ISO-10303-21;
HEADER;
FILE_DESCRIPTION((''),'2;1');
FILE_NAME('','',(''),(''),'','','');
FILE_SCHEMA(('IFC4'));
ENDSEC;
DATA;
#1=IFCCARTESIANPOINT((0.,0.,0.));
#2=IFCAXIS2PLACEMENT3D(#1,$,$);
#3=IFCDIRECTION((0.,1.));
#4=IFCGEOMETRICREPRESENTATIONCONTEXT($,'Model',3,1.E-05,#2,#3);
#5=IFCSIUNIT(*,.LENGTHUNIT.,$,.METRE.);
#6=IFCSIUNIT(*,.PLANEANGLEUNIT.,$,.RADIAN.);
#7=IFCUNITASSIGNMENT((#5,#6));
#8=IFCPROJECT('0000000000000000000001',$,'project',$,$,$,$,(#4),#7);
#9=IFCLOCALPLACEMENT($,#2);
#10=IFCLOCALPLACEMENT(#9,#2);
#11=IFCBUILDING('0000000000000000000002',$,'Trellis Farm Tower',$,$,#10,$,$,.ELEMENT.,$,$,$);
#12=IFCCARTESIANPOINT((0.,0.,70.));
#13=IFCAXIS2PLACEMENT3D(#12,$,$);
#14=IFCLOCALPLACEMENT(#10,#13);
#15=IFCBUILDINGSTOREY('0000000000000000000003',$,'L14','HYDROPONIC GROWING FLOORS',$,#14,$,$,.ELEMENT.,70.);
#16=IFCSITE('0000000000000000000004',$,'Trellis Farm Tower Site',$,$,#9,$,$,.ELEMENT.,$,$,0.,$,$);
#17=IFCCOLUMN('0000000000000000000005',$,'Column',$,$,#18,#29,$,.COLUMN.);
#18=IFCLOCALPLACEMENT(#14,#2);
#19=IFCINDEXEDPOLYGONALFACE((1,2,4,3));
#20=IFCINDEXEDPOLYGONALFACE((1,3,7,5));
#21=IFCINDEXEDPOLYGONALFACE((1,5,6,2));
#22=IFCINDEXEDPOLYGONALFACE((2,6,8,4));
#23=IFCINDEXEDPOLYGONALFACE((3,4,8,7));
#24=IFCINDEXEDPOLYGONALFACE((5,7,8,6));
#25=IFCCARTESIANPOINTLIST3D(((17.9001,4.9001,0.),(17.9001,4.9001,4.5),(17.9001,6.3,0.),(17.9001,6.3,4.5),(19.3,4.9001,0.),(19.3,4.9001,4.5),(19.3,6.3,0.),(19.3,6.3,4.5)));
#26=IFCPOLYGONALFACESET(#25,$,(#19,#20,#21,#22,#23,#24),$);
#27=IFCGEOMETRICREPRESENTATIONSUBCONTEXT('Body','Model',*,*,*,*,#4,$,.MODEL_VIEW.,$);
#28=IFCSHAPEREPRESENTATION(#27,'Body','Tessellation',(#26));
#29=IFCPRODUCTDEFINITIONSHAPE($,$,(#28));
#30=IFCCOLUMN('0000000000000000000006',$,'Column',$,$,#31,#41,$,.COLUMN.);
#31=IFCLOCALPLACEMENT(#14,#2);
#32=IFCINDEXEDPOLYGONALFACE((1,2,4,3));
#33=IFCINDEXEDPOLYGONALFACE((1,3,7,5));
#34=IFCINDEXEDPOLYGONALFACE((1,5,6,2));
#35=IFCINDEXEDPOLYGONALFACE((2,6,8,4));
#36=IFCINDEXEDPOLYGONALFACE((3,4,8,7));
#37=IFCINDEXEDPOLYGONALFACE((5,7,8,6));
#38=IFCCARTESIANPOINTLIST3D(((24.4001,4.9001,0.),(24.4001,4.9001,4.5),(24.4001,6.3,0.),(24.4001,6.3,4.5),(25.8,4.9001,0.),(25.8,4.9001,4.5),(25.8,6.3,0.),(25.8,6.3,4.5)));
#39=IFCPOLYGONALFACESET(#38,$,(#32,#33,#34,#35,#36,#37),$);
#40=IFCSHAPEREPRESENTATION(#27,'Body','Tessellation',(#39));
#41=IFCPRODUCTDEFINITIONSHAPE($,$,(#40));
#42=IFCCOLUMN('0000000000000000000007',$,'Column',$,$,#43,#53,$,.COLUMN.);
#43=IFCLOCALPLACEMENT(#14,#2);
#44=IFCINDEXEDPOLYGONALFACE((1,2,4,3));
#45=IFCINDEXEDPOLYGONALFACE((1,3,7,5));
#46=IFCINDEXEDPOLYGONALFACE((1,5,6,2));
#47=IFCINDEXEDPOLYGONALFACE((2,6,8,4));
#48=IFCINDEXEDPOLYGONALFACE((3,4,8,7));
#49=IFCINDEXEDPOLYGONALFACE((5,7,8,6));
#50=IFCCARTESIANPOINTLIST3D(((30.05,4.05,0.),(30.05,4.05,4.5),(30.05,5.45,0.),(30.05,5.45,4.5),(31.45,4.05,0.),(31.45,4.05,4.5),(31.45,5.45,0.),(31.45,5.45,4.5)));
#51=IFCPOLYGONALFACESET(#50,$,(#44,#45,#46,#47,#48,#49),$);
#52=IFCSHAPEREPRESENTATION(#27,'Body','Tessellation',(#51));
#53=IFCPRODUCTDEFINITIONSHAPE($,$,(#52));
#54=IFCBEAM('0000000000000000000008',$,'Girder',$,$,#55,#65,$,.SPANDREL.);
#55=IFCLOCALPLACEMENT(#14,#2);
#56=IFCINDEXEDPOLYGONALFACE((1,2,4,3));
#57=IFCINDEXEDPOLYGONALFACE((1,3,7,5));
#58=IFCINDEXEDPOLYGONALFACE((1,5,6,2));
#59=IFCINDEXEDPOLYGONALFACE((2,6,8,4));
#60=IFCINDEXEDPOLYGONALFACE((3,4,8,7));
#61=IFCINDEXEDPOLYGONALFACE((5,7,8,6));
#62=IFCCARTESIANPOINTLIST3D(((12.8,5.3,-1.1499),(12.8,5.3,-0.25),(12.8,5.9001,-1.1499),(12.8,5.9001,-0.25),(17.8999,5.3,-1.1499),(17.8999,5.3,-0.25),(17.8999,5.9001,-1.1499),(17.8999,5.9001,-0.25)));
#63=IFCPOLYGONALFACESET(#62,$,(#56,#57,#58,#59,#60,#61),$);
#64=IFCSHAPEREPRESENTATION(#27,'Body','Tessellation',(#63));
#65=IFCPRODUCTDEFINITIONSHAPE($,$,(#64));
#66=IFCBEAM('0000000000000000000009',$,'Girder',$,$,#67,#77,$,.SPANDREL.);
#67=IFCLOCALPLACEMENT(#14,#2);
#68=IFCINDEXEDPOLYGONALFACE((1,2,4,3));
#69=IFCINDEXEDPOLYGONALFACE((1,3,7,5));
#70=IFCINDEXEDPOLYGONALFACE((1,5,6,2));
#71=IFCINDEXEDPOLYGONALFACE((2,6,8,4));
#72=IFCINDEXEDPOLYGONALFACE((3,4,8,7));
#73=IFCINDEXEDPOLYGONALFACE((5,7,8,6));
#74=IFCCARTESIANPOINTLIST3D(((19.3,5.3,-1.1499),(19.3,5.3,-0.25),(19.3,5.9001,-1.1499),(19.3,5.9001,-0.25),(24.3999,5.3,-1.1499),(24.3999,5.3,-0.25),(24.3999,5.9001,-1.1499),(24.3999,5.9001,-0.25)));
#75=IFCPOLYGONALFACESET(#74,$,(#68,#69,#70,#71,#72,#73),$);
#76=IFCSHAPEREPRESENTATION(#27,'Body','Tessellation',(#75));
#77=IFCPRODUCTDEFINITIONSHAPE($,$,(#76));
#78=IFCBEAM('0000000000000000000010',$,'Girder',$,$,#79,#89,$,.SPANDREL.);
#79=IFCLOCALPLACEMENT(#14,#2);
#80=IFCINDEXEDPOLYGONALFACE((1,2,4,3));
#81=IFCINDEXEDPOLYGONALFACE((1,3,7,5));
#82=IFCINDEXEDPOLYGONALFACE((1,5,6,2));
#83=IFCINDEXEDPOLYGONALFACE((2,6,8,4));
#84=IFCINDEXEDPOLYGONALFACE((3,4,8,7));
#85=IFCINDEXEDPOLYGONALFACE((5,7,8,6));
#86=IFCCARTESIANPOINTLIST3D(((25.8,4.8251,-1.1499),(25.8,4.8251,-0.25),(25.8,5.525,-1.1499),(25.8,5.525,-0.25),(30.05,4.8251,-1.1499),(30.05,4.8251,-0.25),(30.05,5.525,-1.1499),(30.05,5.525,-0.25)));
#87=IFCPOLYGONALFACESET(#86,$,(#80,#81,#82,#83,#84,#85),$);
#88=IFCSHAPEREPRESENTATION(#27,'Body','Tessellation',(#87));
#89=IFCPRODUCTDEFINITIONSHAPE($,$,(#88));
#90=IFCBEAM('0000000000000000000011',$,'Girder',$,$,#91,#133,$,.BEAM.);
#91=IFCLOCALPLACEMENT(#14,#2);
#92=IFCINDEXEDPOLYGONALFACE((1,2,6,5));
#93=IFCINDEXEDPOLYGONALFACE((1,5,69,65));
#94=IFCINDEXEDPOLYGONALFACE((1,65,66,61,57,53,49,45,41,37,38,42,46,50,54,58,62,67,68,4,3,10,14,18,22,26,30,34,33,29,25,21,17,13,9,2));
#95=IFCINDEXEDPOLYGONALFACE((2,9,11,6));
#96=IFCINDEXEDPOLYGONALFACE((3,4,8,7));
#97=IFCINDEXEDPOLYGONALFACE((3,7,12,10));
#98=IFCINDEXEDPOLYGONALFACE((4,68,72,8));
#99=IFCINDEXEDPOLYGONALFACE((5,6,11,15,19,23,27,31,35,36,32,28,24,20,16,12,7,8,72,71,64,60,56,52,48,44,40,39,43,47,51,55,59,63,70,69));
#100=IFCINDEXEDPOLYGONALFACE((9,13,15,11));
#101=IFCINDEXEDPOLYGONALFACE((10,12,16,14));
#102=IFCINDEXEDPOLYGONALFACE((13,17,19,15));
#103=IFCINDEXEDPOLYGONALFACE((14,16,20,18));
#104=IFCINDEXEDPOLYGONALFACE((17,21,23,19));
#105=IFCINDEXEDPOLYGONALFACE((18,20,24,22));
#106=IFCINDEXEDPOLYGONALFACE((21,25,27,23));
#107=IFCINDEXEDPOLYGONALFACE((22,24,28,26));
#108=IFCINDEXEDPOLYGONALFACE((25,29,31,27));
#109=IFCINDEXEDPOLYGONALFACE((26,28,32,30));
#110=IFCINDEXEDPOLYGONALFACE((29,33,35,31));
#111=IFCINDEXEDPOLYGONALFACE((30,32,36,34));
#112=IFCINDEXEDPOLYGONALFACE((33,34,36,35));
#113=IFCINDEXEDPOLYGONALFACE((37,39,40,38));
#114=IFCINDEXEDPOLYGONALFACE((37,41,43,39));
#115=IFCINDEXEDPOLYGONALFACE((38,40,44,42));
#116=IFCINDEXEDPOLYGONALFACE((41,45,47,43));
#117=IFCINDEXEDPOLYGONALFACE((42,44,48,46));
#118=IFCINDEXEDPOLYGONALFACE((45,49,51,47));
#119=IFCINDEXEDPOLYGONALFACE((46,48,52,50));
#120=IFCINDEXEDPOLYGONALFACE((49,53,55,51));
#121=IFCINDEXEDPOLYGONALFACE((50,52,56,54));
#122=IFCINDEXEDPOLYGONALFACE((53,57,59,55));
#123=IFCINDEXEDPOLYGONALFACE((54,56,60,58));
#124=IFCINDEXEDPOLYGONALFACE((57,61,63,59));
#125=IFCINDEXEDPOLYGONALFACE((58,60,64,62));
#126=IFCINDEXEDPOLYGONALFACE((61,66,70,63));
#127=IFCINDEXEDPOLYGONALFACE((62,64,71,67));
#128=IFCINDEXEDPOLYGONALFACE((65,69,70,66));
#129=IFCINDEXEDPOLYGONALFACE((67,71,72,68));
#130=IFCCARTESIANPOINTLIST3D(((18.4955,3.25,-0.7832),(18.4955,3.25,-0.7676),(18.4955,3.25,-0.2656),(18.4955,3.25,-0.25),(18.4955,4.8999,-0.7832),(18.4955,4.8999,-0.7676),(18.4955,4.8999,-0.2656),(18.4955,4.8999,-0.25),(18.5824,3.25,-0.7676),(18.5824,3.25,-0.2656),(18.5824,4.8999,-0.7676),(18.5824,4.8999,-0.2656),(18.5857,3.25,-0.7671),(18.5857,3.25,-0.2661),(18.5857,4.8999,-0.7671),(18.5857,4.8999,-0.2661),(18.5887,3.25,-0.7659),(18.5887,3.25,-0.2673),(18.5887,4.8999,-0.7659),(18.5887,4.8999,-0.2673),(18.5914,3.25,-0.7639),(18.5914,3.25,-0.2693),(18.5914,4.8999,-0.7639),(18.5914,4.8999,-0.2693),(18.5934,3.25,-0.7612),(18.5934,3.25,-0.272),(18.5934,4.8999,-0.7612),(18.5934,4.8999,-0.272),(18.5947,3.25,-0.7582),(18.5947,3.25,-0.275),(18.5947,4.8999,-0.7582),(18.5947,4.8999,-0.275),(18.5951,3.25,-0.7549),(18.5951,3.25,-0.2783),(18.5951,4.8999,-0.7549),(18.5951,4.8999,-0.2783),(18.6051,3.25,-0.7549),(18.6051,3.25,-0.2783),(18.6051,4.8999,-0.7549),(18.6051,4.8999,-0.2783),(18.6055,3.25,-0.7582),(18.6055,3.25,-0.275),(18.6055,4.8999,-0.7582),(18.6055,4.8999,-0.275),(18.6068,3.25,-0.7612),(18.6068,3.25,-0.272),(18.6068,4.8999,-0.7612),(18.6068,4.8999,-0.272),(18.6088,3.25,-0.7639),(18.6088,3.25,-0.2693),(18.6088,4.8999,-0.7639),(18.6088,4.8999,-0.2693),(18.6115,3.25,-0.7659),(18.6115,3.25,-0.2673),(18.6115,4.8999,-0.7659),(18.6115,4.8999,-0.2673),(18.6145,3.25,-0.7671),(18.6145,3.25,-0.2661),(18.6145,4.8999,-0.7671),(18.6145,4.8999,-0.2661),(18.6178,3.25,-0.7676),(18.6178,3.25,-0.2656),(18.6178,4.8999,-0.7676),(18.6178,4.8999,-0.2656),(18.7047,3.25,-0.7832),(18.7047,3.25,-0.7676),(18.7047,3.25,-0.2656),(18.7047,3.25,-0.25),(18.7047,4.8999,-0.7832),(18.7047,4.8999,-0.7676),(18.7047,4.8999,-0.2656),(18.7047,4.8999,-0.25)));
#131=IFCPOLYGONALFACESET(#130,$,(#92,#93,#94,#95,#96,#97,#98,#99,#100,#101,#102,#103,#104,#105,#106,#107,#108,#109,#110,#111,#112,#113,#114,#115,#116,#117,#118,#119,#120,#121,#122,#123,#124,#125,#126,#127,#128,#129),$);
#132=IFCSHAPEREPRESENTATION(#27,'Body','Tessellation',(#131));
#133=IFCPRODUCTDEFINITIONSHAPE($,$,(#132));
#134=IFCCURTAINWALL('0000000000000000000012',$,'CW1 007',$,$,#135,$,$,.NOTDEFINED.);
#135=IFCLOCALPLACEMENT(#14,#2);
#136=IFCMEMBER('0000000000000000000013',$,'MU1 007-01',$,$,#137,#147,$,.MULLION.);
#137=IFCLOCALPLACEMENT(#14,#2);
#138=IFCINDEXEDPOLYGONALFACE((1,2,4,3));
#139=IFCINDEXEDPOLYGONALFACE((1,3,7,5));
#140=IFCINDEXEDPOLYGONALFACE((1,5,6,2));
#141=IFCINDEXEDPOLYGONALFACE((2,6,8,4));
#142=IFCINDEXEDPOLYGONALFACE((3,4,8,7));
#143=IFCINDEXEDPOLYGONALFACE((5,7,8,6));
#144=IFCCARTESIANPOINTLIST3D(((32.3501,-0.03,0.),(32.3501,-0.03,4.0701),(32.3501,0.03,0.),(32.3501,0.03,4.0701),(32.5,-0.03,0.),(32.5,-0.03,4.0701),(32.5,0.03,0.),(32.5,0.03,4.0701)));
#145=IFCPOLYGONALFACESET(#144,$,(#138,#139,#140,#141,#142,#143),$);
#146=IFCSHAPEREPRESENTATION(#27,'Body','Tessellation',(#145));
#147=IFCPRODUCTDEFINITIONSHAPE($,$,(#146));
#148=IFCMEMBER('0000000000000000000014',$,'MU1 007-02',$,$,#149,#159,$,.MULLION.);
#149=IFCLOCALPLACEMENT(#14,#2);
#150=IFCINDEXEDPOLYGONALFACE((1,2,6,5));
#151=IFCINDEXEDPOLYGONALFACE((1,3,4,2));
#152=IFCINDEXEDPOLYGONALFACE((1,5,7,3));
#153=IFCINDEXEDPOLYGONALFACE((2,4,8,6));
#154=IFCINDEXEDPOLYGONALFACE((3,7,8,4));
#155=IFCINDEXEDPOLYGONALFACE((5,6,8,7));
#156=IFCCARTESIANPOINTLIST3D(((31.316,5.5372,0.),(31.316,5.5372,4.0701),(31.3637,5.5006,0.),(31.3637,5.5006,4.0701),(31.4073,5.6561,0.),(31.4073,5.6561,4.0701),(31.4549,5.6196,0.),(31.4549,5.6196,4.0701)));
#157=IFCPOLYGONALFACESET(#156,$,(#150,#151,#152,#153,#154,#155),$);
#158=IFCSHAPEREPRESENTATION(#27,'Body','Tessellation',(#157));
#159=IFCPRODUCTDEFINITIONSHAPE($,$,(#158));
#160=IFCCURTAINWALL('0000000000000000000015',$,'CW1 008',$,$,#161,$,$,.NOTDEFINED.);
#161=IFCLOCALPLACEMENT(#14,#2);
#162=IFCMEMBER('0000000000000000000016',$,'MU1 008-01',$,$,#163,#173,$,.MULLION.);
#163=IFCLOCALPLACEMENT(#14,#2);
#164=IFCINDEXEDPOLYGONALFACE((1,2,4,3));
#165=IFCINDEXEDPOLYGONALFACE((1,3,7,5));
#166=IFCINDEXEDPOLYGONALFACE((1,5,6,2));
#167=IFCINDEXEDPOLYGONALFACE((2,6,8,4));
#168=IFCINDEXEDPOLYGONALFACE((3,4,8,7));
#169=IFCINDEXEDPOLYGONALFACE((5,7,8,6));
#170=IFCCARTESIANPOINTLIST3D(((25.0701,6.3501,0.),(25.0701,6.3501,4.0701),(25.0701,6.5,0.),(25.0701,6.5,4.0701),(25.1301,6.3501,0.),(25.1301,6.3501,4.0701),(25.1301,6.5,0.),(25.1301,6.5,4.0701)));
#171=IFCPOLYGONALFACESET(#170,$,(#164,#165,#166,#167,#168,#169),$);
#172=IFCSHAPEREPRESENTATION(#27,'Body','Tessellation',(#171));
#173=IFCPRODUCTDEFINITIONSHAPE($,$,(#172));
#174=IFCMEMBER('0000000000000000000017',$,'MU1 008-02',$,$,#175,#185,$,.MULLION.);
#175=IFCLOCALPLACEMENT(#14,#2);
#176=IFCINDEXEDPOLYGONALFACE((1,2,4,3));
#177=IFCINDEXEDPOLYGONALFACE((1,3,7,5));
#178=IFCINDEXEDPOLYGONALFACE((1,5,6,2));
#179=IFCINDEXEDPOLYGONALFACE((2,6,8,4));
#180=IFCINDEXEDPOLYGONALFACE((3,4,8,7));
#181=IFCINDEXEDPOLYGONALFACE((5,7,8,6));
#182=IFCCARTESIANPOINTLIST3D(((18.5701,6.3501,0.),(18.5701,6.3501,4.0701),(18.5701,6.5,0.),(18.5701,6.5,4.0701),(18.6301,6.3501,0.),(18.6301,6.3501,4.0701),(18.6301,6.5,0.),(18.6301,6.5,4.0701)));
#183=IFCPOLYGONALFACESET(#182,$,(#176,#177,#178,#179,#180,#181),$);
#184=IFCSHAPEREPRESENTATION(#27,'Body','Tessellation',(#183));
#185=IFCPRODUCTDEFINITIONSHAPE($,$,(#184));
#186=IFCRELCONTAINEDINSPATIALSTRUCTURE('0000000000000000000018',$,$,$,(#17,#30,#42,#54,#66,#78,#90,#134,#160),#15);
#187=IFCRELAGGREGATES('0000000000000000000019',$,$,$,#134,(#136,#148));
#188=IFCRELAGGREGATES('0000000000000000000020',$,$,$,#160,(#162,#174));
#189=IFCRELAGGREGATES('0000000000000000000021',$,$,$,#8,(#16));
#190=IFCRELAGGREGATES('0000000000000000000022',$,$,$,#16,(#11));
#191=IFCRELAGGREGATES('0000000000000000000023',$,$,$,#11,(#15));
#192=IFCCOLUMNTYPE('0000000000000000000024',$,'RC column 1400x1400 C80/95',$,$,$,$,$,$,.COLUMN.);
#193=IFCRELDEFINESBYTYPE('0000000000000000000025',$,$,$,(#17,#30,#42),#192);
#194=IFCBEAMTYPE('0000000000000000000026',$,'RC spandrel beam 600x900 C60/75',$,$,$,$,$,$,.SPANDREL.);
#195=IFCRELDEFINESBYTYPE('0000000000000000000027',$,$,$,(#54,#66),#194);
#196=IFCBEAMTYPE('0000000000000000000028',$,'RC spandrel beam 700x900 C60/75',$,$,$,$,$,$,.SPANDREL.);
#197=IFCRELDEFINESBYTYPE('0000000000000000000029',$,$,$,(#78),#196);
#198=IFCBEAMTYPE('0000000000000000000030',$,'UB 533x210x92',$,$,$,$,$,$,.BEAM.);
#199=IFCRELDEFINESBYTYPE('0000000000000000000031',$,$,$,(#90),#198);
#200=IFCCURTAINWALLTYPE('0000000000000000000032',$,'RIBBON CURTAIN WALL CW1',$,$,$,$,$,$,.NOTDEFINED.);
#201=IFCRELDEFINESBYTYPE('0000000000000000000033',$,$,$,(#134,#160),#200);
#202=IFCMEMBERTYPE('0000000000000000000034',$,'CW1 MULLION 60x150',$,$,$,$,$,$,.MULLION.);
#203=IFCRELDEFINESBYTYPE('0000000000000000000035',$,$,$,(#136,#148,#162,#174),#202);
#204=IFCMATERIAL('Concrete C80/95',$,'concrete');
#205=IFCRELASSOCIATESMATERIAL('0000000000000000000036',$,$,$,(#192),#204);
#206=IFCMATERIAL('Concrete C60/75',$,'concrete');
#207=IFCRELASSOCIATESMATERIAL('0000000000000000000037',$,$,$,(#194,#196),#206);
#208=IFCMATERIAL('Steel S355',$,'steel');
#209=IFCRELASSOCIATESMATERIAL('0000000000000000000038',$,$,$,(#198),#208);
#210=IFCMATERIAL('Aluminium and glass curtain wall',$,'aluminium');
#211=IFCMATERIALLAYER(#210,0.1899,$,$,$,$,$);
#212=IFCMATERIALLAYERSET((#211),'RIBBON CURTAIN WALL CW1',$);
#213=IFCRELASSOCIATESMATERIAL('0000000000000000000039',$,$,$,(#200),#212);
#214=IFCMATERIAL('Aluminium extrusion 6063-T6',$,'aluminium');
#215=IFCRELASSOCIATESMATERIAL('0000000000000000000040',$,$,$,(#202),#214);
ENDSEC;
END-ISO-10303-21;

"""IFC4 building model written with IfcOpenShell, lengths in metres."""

from ifc_helpers import new_model, si_unit, direction, frame, origin, origin_2d, place, context, subcontext, project, spatial, rectangle, i_section, extrude, source, transform, mapped, material, layer, layer_set, material_profile, profile_set, type_object, element, aggregate, save


model = new_model("IFC4")

# Units and contexts
model_context = context("Model", 3, precision=1e-05, world=origin(), true_north=direction((0.0, 1.0)))
body_context = subcontext(model_context, "Body", "Model", "MODEL_VIEW")
ifc_project = project(units=[si_unit("LENGTHUNIT", "METRE"), si_unit("PLANEANGLEUNIT", "RADIAN")], contexts=[model_context])

# Site, building, storey
site_placement = place(None, origin())
site = spatial("IfcSite", under=ifc_project, at=site_placement, Name="Trellis Farm Tower Site", CompositionType="ELEMENT", RefElevation=0.0)
building_placement = place(site_placement, origin())
building = spatial("IfcBuilding", under=site, at=building_placement, Name="Trellis Farm Tower", CompositionType="ELEMENT")
storey_placement = place(building_placement, frame((0.0, 0.0, 70.0)))
storey = spatial("IfcBuildingStorey", under=building, at=storey_placement, Name="L14", Description="HYDROPONIC GROWING FLOORS", CompositionType="ELEMENT", Elevation=70.0)

# Columns
ifc_material_1 = material(Name="Concrete C80/95", Category="concrete")
ifc_material_profile_1 = material_profile(ifc_material_1, rectangle(XDim=1.3999, YDim=1.3999, at=origin_2d()), Name="RC column 1400x1400 C80/95")
ifc_profile_set_1 = profile_set([ifc_material_profile_1], Name="Concrete C80/95")
column_type = type_object("IfcColumnType", Name="RC column 1400x1400 C80/95", PredefinedType="COLUMN", material=ifc_profile_set_1)
shared_shape_1 = source(origin(), body_context, "Body", "SweptSolid", [
    extrude(rectangle(XDim=1.3999, YDim=1.3999, at=origin_2d()), origin(), (0.0, 0.0, 1.0), 4.5),
])
for number, where, z_axis, x_axis, name in (
    (1, (18.6001, 5.6001, 0.0), (0.0, 0.0, 1.0), (1.0, 0.0, 0.0), "Column"),
    (2, (25.1001, 5.6001, 0.0), (0.0, 0.0, 1.0), (1.0, 0.0, 0.0), "Column"),
    (3, (30.75, 4.75, 0.0), (0.0, 0.0, 1.0), (1.0, 0.0, 0.0), "Column"),
):
    element("IfcColumn", number, at=place(storey_placement, frame(where, z_axis=z_axis, x_axis=x_axis)), inside=storey, type_object=column_type, Name=name, PredefinedType="COLUMN", context=body_context, shape_type="MappedRepresentation", body=[
        mapped(shared_shape_1, transform((0.0, 0.0, 0.0))),
    ])

# Beams
ifc_material_2 = material(Name="Concrete C60/75", Category="concrete")
ifc_material_profile_2 = material_profile(ifc_material_2, rectangle(XDim=0.6001, YDim=0.8999, at=origin_2d()), Name="RC spandrel beam 600x900 C60/75")
ifc_profile_set_2 = profile_set([ifc_material_profile_2], Name="Concrete C60/75")
beam_type_1 = type_object("IfcBeamType", Name="RC spandrel beam 600x900 C60/75", PredefinedType="SPANDREL", material=ifc_profile_set_2)
shared_shape_2 = source(origin(), body_context, "Body", "SweptSolid", [
    extrude(rectangle(XDim=0.6001, YDim=0.8999, at=origin_2d()), origin(), (0.0, 0.0, 1.0), 5.0999),
])
for number, where, z_axis, x_axis, name in (
    (4, (12.8, 5.6001, -0.7), (1.0, 0.0, 0.0), (0.0, 1.0, 0.0), "Girder"),
    (5, (19.3, 5.6001, -0.7), (1.0, 0.0, 0.0), (0.0, 1.0, 0.0), "Girder"),
):
    element("IfcBeam", number, at=place(storey_placement, frame(where, z_axis=z_axis, x_axis=x_axis)), inside=storey, type_object=beam_type_1, Name=name, PredefinedType="SPANDREL", context=body_context, shape_type="MappedRepresentation", body=[
        mapped(shared_shape_2, transform((0.0, 0.0, 0.0))),
    ])
ifc_material_profile_3 = material_profile(ifc_material_2, rectangle(XDim=0.7, YDim=0.8999, at=origin_2d()), Name="RC spandrel beam 700x900 C60/75")
ifc_profile_set_3 = profile_set([ifc_material_profile_3], Name="Concrete C60/75")
beam_type_2 = type_object("IfcBeamType", Name="RC spandrel beam 700x900 C60/75", PredefinedType="SPANDREL", material=ifc_profile_set_3)
shared_shape_3 = source(origin(), body_context, "Body", "SweptSolid", [
    extrude(rectangle(XDim=0.7, YDim=0.8999, at=origin_2d()), origin(), (0.0, 0.0, 1.0), 4.25),
])
beam_1_placement = place(storey_placement, frame((25.8, 5.175, -0.7), z_axis=(1.0, 0.0, 0.0), x_axis=(0.0, 1.0, 0.0)))
element("IfcBeam", 6, at=beam_1_placement, inside=storey, type_object=beam_type_2, Name="Girder", PredefinedType="SPANDREL", context=body_context, shape_type="MappedRepresentation", body=[
    mapped(shared_shape_3, transform((0.0, 0.0, 0.0))),
])
ifc_material_3 = material(Name="Steel S355", Category="steel")
ifc_material_profile_4 = material_profile(ifc_material_3, i_section(OverallWidth=0.2092, OverallDepth=0.5332, WebThickness=0.01, FlangeThickness=0.0156, FilletRadius=0.0127, at=origin_2d()), Name="UB 533x210x92")
ifc_profile_set_4 = profile_set([ifc_material_profile_4], Name="Steel S355")
beam_type_3 = type_object("IfcBeamType", Name="UB 533x210x92", PredefinedType="BEAM", material=ifc_profile_set_4)
shared_shape_4 = source(origin(), body_context, "Body", "SweptSolid", [
    extrude(i_section(OverallWidth=0.2092, OverallDepth=0.5332, WebThickness=0.01, FlangeThickness=0.0156, FilletRadius=0.0127, at=origin_2d()), origin(), (0.0, 0.0, 1.0), 1.6499),
])
beam_2_placement = place(storey_placement, frame((18.6001, 3.25, -0.5166), z_axis=(0.0, 1.0, 0.0), x_axis=(-1.0, 0.0, 0.0)))
element("IfcBeam", 7, at=beam_2_placement, inside=storey, type_object=beam_type_3, Name="Girder", PredefinedType="BEAM", context=body_context, shape_type="MappedRepresentation", body=[
    mapped(shared_shape_4, transform((0.0, 0.0, 0.0))),
])

# Curtain walls, members
ifc_material_4 = material(Name="Aluminium and glass curtain wall", Category="aluminium")
ifc_layer_1 = layer(ifc_material_4, 0.1899)
ifc_layer_set_1 = layer_set([ifc_layer_1], Name="RIBBON CURTAIN WALL CW1")
curtain_wall_type = type_object("IfcCurtainWallType", Name="RIBBON CURTAIN WALL CW1", PredefinedType="NOTDEFINED", material=ifc_layer_set_1)
placement = place(storey_placement, origin())
curtain_wall_1 = element("IfcCurtainWall", 8, at=placement, inside=storey, type_object=curtain_wall_type, Name="CW1 007", PredefinedType="NOTDEFINED")
ifc_material_5 = material(Name="Aluminium extrusion 6063-T6", Category="aluminium")
ifc_material_profile_5 = material_profile(ifc_material_5, rectangle(XDim=0.0601, YDim=0.1499, at=origin_2d()), Name="MULLION 60x150")
ifc_profile_set_5 = profile_set([ifc_material_profile_5], Name="Aluminium extrusion 6063-T6")
member_type = type_object("IfcMemberType", Name="CW1 MULLION 60x150", PredefinedType="MULLION", material=ifc_profile_set_5)
shared_shape_5 = source(origin(), body_context, "Body", "SweptSolid", [
    extrude(rectangle(XDim=0.0601, YDim=0.1499, at=origin_2d()), origin(), (0.0, 0.0, 1.0), 4.0701),
])
member_1_placement = place(storey_placement, frame((32.425, 0.0, 0.0), z_axis=(0.0, 0.0, 1.0), x_axis=(0.0, 1.0, 0.0)))
member_1 = element("IfcMember", 9, at=member_1_placement, type_object=member_type, Name="MU1 007-01", PredefinedType="MULLION", context=body_context, shape_type="MappedRepresentation", body=[
    mapped(shared_shape_5, transform((0.0, 0.0, 0.0))),
])
member_2_placement = place(storey_placement, frame((31.3855, 5.5784, 0.0), z_axis=(0.0, 0.0, 1.0), x_axis=(-0.793353, 0.608761, 0.0)))
member_2 = element("IfcMember", 10, at=member_2_placement, type_object=member_type, Name="MU1 007-02", PredefinedType="MULLION", context=body_context, shape_type="MappedRepresentation", body=[
    mapped(shared_shape_5, transform((0.0, 0.0, 0.0))),
])
aggregate(curtain_wall_1, [member_1, member_2])
curtain_wall_2 = element("IfcCurtainWall", 11, at=placement, inside=storey, type_object=curtain_wall_type, Name="CW1 008", PredefinedType="NOTDEFINED")
member_3_placement = place(storey_placement, frame((25.1001, 6.425, 0.0), z_axis=(0.0, 0.0, 1.0), x_axis=(-1.0, 0.0, 0.0)))
member_3 = element("IfcMember", 12, at=member_3_placement, type_object=member_type, Name="MU1 008-01", PredefinedType="MULLION", context=body_context, shape_type="MappedRepresentation", body=[
    mapped(shared_shape_5, transform((0.0, 0.0, 0.0))),
])
member_4_placement = place(storey_placement, frame((18.6001, 6.425, 0.0), z_axis=(0.0, 0.0, 1.0), x_axis=(-1.0, 0.0, 0.0)))
member_4 = element("IfcMember", 13, at=member_4_placement, type_object=member_type, Name="MU1 008-02", PredefinedType="MULLION", context=body_context, shape_type="MappedRepresentation", body=[
    mapped(shared_shape_5, transform((0.0, 0.0, 0.0))),
])
aggregate(curtain_wall_2, [member_3, member_4])

save(model, "model.ifc")
